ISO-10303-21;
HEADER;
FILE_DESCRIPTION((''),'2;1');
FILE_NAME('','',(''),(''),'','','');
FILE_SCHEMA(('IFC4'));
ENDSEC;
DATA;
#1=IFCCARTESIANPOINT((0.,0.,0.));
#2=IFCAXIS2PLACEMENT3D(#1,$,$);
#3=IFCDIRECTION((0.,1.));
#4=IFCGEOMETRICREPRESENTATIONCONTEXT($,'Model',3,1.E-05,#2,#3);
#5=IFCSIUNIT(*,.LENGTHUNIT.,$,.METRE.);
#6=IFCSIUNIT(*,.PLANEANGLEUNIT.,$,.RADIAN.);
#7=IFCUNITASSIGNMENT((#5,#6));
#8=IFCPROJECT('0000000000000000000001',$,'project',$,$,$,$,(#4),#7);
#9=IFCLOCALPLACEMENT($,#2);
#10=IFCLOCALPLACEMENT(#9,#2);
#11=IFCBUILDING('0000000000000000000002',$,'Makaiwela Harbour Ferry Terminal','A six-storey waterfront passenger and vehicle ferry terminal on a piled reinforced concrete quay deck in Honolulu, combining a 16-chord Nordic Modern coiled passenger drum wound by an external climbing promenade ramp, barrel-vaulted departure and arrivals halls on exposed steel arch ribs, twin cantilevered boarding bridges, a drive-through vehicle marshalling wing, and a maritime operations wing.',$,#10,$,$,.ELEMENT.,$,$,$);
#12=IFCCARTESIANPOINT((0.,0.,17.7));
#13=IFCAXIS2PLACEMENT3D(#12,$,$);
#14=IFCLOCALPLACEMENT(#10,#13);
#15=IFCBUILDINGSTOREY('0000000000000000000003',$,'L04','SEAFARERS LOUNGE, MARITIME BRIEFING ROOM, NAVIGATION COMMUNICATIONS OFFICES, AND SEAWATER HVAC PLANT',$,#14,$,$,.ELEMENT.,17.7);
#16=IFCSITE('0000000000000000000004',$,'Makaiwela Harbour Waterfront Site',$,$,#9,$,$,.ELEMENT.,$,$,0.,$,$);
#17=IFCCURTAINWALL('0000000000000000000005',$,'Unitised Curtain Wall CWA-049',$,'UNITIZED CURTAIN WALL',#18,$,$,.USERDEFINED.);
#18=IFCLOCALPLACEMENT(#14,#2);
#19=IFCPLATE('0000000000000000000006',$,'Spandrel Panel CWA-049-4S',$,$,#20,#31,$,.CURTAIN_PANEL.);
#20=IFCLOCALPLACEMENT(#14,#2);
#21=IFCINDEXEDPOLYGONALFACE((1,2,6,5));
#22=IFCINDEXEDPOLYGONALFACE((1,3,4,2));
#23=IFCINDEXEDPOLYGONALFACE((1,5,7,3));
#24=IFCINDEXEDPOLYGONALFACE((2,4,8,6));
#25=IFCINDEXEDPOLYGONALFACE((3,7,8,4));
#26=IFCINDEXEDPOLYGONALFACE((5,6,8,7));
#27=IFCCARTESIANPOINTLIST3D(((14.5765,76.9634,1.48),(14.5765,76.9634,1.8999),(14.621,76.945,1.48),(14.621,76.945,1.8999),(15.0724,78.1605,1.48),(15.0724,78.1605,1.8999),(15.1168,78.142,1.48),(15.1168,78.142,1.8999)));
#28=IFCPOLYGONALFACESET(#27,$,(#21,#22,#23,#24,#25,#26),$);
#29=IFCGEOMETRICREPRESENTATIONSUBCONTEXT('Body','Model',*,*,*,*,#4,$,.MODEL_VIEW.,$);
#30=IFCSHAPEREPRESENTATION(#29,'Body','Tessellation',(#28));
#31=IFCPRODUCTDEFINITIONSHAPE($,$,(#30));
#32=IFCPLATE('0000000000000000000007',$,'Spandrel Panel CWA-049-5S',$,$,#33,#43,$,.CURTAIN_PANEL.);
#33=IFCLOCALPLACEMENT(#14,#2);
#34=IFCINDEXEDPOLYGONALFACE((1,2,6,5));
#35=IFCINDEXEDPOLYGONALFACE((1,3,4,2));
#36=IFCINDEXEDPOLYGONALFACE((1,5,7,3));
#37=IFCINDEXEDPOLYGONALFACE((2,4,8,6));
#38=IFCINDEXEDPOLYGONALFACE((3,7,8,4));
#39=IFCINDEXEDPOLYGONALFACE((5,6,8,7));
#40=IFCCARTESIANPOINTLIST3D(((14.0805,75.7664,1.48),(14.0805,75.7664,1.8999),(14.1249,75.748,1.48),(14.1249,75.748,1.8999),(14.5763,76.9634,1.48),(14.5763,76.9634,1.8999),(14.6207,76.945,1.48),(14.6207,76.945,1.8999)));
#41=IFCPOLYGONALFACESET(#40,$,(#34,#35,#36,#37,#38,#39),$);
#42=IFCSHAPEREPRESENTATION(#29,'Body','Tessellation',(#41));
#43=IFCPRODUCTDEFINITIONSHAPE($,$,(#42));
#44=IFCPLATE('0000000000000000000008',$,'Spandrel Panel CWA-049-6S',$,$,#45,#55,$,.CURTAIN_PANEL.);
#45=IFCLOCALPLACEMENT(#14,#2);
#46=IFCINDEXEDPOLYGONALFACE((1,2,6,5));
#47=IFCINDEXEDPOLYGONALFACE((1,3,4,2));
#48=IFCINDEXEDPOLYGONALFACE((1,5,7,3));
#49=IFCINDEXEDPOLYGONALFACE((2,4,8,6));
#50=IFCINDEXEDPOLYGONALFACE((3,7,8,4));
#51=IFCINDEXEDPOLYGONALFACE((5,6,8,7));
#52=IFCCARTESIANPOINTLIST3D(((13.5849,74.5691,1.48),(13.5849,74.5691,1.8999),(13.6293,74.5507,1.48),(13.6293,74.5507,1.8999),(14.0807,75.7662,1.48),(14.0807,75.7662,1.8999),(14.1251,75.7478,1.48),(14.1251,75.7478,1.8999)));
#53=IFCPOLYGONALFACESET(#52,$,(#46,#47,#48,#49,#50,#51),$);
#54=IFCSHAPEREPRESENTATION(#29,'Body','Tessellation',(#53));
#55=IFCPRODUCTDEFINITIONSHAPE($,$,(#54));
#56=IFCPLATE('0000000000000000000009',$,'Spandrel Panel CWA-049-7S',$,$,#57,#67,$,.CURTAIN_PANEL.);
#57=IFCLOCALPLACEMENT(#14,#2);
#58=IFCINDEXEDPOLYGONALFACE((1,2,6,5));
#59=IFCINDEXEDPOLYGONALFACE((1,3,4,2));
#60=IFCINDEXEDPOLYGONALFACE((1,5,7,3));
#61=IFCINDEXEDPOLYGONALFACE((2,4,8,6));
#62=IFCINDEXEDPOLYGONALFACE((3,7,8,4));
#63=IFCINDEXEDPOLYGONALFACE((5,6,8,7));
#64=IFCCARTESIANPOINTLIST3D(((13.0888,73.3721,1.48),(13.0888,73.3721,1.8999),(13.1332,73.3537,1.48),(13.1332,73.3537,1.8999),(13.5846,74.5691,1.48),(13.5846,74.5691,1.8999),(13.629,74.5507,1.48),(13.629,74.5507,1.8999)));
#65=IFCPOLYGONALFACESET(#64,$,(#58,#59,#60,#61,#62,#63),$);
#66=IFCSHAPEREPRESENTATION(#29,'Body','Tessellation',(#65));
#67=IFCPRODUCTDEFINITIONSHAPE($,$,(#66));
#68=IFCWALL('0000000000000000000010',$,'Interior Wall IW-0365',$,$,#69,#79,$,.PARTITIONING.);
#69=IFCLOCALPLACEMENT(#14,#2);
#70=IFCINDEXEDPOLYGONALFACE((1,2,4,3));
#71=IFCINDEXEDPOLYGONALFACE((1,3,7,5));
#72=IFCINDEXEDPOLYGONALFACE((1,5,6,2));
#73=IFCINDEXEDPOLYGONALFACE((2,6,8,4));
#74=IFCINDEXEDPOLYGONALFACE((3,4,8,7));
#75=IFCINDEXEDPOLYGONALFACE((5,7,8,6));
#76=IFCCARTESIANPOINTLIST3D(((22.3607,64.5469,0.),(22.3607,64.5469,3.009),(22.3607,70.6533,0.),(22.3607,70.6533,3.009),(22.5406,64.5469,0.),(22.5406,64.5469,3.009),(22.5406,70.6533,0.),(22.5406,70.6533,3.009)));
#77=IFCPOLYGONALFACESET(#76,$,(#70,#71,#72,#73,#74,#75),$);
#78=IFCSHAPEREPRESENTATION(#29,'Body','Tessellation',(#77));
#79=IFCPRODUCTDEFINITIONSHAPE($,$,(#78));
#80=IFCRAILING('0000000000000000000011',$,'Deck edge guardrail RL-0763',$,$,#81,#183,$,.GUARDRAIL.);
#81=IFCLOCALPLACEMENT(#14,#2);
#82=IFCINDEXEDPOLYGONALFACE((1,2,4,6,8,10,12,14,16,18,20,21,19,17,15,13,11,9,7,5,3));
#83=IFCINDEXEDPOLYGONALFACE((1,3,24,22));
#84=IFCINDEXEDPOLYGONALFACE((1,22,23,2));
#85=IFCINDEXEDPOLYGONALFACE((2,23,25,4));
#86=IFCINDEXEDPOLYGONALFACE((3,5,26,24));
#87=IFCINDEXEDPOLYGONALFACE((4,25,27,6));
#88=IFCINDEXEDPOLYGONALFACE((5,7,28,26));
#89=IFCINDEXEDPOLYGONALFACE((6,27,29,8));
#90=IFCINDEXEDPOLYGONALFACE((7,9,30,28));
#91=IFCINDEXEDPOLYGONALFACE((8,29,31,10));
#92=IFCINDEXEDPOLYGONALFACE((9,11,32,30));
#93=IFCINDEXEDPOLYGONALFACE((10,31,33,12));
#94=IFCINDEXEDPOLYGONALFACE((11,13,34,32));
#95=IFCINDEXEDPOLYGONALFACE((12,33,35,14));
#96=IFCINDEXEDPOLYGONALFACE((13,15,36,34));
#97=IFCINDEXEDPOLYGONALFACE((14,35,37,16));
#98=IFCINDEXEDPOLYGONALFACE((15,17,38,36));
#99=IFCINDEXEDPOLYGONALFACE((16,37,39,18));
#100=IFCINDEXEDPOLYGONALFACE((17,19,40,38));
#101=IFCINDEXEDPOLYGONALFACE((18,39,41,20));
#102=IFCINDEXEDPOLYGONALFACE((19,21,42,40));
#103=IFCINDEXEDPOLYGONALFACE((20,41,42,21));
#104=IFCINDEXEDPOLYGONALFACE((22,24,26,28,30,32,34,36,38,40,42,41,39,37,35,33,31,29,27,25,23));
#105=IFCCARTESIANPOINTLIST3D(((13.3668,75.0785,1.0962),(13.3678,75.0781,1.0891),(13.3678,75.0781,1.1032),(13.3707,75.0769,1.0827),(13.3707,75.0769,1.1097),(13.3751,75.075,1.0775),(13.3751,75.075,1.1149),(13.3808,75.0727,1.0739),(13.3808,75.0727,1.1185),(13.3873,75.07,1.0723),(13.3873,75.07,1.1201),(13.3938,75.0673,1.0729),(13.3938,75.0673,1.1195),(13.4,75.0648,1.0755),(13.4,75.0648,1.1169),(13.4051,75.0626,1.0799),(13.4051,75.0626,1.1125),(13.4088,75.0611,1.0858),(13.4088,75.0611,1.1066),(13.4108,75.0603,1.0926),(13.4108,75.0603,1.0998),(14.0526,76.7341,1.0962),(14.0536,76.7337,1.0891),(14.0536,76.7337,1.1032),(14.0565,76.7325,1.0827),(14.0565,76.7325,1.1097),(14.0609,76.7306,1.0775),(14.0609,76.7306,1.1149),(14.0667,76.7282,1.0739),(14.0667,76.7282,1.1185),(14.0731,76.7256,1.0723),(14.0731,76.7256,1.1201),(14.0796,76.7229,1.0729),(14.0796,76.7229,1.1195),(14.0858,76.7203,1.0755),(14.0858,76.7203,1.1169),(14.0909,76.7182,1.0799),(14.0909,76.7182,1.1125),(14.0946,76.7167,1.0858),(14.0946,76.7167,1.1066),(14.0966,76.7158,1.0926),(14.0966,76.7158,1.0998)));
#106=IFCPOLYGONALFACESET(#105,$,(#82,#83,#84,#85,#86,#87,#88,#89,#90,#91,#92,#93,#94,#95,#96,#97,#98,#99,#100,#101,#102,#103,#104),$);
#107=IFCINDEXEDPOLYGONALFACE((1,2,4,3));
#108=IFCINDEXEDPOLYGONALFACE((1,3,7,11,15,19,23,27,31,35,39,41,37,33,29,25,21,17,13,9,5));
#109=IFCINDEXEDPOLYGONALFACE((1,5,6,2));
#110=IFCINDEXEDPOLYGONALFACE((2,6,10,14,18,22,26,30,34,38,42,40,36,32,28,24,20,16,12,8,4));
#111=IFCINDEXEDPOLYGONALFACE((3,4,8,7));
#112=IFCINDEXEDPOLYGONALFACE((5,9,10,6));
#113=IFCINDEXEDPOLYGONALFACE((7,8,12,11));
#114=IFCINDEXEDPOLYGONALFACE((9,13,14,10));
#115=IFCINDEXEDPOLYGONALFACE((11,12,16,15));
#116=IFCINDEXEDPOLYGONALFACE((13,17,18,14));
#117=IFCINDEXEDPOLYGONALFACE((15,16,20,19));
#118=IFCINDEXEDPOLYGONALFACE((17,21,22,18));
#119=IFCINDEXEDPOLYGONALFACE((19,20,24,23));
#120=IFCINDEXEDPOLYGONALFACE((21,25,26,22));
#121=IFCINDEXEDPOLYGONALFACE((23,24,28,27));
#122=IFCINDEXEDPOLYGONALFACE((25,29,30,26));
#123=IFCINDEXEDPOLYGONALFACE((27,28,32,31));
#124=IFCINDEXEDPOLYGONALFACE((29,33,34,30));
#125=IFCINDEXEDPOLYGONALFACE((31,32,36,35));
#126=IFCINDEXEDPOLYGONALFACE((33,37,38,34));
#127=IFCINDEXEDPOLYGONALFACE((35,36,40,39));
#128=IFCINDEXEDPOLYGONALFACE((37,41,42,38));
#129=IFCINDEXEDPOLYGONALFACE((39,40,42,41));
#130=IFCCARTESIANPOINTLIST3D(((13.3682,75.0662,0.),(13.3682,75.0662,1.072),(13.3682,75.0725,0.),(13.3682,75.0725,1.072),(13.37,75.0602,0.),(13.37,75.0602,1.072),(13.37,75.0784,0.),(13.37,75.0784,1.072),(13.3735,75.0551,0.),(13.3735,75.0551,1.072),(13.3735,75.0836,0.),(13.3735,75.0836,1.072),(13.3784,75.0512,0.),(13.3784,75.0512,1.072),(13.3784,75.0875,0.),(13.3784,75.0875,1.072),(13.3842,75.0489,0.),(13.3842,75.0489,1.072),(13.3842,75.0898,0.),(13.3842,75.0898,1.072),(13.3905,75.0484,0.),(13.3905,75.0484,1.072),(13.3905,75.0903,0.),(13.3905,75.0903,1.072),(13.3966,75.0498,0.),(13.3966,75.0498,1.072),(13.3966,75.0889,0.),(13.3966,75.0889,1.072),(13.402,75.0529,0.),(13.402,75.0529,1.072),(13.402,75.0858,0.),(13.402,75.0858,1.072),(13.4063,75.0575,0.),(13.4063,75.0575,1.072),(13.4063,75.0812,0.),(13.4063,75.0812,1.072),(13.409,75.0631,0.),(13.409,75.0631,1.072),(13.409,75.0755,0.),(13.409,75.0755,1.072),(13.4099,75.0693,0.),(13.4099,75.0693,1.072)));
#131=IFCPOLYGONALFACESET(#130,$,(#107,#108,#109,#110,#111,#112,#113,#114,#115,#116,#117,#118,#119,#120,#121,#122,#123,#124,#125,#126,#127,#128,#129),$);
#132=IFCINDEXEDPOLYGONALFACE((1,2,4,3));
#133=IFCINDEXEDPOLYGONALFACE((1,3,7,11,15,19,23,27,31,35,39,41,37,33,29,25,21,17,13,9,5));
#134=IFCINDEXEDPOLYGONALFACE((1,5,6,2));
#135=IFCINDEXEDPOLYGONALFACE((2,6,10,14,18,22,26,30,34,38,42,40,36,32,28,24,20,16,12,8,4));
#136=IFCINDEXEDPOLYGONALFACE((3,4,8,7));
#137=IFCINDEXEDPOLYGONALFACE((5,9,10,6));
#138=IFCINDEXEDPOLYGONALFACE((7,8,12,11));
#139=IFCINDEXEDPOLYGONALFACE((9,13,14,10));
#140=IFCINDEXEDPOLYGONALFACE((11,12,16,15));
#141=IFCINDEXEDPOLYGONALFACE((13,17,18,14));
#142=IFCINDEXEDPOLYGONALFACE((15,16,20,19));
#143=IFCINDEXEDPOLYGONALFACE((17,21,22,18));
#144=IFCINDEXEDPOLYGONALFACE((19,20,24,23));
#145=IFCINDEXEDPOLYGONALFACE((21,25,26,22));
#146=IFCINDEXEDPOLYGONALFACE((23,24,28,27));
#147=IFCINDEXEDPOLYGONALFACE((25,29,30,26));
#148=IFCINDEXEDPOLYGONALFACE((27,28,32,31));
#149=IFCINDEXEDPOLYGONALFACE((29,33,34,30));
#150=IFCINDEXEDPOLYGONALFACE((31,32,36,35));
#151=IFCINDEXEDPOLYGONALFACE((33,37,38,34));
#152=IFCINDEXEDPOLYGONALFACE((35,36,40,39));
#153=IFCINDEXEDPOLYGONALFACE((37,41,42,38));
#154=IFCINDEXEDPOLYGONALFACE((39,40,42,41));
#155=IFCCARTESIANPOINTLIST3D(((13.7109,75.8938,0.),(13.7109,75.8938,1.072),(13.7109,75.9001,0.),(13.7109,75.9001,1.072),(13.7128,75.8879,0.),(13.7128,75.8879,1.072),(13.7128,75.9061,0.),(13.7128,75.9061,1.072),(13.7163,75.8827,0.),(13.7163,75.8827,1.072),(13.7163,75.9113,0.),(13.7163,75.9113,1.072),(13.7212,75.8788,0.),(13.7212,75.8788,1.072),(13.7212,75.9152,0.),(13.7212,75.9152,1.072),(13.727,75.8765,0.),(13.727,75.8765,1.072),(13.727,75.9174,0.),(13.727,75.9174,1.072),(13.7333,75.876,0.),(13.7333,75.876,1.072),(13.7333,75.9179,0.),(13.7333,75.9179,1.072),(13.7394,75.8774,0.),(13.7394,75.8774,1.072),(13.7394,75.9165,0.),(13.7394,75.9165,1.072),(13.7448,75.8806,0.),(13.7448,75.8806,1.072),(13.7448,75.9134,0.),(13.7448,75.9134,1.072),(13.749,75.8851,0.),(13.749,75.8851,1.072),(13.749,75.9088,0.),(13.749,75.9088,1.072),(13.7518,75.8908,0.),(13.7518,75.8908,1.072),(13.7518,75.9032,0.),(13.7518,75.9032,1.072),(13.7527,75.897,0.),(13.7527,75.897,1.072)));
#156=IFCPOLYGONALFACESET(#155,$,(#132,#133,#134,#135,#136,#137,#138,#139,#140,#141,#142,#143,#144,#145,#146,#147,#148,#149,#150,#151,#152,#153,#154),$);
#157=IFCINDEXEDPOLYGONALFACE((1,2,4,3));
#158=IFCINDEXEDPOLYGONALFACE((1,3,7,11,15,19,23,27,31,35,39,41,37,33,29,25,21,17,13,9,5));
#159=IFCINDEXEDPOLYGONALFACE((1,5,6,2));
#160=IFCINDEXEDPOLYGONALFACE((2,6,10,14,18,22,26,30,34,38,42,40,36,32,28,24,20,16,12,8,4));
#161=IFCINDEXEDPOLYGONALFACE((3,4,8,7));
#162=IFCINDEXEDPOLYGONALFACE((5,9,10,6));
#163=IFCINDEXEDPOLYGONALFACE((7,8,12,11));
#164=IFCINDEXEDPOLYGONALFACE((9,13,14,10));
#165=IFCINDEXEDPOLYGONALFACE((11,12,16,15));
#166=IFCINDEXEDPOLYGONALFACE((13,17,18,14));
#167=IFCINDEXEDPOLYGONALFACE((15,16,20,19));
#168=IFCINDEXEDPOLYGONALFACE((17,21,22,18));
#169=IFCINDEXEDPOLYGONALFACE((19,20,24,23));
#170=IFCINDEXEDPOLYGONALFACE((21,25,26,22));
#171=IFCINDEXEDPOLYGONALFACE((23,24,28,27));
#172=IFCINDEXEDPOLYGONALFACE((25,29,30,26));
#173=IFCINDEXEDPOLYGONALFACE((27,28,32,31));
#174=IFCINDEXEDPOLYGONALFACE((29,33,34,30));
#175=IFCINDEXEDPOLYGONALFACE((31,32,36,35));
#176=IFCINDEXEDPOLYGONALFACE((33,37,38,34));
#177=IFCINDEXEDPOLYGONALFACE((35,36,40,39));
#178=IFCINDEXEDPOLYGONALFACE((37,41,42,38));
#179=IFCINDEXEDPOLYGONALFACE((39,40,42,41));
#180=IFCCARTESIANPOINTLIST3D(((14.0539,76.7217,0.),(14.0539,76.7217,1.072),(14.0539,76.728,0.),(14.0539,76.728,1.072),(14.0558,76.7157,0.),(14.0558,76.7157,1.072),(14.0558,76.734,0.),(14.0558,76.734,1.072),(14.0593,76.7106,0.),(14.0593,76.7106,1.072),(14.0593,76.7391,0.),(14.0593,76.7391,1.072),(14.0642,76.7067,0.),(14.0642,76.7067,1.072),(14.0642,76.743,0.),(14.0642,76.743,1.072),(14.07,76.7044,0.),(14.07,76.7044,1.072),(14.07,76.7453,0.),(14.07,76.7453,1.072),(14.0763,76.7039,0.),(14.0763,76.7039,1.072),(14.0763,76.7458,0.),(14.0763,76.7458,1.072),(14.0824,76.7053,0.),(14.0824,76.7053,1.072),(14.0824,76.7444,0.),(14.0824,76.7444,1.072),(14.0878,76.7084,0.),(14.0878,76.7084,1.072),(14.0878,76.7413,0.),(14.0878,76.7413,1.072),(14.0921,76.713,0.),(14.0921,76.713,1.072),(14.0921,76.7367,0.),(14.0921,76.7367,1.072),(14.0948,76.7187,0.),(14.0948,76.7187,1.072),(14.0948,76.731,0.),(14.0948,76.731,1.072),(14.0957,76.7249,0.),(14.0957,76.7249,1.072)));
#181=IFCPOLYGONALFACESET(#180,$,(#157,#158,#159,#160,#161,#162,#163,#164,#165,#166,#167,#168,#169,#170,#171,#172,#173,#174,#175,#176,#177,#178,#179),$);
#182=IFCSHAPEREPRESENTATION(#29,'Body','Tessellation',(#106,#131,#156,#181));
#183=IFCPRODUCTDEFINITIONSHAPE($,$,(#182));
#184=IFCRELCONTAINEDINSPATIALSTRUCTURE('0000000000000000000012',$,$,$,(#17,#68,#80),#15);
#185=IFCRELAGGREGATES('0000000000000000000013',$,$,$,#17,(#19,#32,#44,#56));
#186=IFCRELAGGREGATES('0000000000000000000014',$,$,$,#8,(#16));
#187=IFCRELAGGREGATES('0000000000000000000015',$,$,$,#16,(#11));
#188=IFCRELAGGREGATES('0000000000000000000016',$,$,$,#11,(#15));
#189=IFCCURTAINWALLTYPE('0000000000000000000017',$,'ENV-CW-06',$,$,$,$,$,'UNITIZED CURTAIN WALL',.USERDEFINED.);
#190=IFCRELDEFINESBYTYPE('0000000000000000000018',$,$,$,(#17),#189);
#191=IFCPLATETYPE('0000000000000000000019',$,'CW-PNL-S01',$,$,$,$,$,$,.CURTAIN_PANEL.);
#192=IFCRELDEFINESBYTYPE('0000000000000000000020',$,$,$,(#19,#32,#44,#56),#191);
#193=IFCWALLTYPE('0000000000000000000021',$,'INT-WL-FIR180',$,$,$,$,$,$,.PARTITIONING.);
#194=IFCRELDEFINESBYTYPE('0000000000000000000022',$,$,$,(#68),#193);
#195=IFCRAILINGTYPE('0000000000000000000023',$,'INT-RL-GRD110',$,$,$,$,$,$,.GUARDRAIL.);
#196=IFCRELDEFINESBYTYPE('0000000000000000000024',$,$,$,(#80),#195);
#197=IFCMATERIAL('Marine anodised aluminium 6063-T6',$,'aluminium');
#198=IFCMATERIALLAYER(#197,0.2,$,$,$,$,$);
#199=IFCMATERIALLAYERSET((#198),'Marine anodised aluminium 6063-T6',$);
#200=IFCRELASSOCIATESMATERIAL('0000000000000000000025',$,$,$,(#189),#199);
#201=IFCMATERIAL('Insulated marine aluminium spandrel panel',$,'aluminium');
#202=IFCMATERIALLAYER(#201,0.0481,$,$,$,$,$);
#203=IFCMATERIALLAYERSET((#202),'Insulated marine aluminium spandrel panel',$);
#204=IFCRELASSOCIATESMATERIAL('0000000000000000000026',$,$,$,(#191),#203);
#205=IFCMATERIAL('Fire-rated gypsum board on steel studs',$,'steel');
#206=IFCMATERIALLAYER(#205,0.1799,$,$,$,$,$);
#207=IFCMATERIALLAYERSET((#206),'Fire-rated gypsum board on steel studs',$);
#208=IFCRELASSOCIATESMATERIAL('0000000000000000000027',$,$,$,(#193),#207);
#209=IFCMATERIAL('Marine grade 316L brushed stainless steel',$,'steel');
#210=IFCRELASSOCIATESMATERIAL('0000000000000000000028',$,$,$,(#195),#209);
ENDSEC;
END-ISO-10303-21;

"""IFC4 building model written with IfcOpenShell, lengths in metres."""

from ifc_helpers import new_model, si_unit, direction, frame, frame_2d, origin, origin_2d, place, context, subcontext, project, spatial, rectangle, circle, extrude, material, layer, layer_set, type_object, element, aggregate, save


model = new_model("IFC4")

# Units and contexts
model_context = context("Model", 3, precision=1e-05, world=origin(), true_north=direction((0.0, 1.0)))
body_context = subcontext(model_context, "Body", "Model", "MODEL_VIEW")
ifc_project = project(units=[si_unit("LENGTHUNIT", "METRE"), si_unit("PLANEANGLEUNIT", "RADIAN")], contexts=[model_context])

# Site, building, storey
site_placement = place(None, origin())
site = spatial("IfcSite", under=ifc_project, at=site_placement, Name="Makaiwela Harbour Waterfront Site", CompositionType="ELEMENT", RefElevation=0.0)
building_placement = place(site_placement, origin())
building = spatial("IfcBuilding", under=site, at=building_placement, Name="Makaiwela Harbour Ferry Terminal", Description="A six-storey waterfront passenger and vehicle ferry terminal on a piled reinforced concrete quay deck in Honolulu, combining a 16-chord Nordic Modern coiled passenger drum wound by an external climbing promenade ramp, barrel-vaulted departure and arrivals halls on exposed steel arch ribs, twin cantilevered boarding bridges, a drive-through vehicle marshalling wing, and a maritime operations wing.", CompositionType="ELEMENT")
storey_placement = place(building_placement, frame((0.0, 0.0, 17.7)))
storey = spatial("IfcBuildingStorey", under=building, at=storey_placement, Name="L04", Description="SEAFARERS LOUNGE, MARITIME BRIEFING ROOM, NAVIGATION COMMUNICATIONS OFFICES, AND SEAWATER HVAC PLANT", CompositionType="ELEMENT", Elevation=17.7)

# Curtain wall
ifc_material_1 = material(Name="Marine anodised aluminium 6063-T6", Category="aluminium")
ifc_layer_1 = layer(ifc_material_1, 0.2)
ifc_layer_set_1 = layer_set([ifc_layer_1], Name="Marine anodised aluminium 6063-T6")
curtain_wall_type = type_object("IfcCurtainWallType", Name="ENV-CW-06", ElementType="UNITIZED CURTAIN WALL", PredefinedType="USERDEFINED", material=ifc_layer_set_1)
curtain_wall_1_placement = place(storey_placement, origin())
curtain_wall_1 = element("IfcCurtainWall", 1, at=curtain_wall_1_placement, inside=storey, type_object=curtain_wall_type, Name="Unitised Curtain Wall CWA-049", ObjectType="UNITIZED CURTAIN WALL", PredefinedType="USERDEFINED")

# Plates
ifc_material_2 = material(Name="Insulated marine aluminium spandrel panel", Category="aluminium")
ifc_layer_2 = layer(ifc_material_2, 0.0481)
ifc_layer_set_2 = layer_set([ifc_layer_2], Name="Insulated marine aluminium spandrel panel")
plate_type_1 = type_object("IfcPlateType", Name="CW-PNL-S01", PredefinedType="CURTAIN_PANEL", material=ifc_layer_set_2)
plate_1_placement = place(storey_placement, frame((14.8467, 77.5527, 1.48), z_axis=(0.0, 0.0, 1.0), x_axis=(-0.382683, -0.92388, 0.0)))
plate_1 = element("IfcPlate", 2, at=plate_1_placement, type_object=plate_type_1, Name="Spandrel Panel CWA-049-4S", PredefinedType="CURTAIN_PANEL", context=body_context, shape_type="SweptSolid", body=[
    extrude(rectangle(XDim=1.2957, YDim=0.0481, at=origin_2d()), origin(), (0.0, 0.0, 1.0), 0.4199),
])
plate_2_placement = place(storey_placement, frame((14.3506, 76.3557, 1.48), z_axis=(0.0, 0.0, 1.0), x_axis=(-0.382683, -0.92388, 0.0)))
plate_2 = element("IfcPlate", 3, at=plate_2_placement, type_object=plate_type_1, Name="Spandrel Panel CWA-049-5S", PredefinedType="CURTAIN_PANEL", context=body_context, shape_type="SweptSolid", body=[
    extrude(rectangle(XDim=1.2957, YDim=0.0481, at=origin_2d()), origin(), (0.0, 0.0, 1.0), 0.4199),
])
plate_3_placement = place(storey_placement, frame((13.855, 75.1584, 1.48), z_axis=(0.0, 0.0, 1.0), x_axis=(-0.382683, -0.92388, 0.0)))
plate_3 = element("IfcPlate", 4, at=plate_3_placement, type_object=plate_type_1, Name="Spandrel Panel CWA-049-6S", PredefinedType="CURTAIN_PANEL", context=body_context, shape_type="SweptSolid", body=[
    extrude(rectangle(XDim=1.2957, YDim=0.0481, at=origin_2d()), origin(), (0.0, 0.0, 1.0), 0.4199),
])
plate_4_placement = place(storey_placement, frame((13.3589, 73.9614, 1.48), z_axis=(0.0, 0.0, 1.0), x_axis=(-0.382683, -0.92388, 0.0)))
plate_4 = element("IfcPlate", 5, at=plate_4_placement, type_object=plate_type_1, Name="Spandrel Panel CWA-049-7S", PredefinedType="CURTAIN_PANEL", context=body_context, shape_type="SweptSolid", body=[
    extrude(rectangle(XDim=1.2957, YDim=0.0481, at=origin_2d()), origin(), (0.0, 0.0, 1.0), 0.4199),
])
aggregate(curtain_wall_1, [plate_1, plate_2, plate_3, plate_4])

# Wall
ifc_material_3 = material(Name="Fire-rated gypsum board on steel studs", Category="steel")
ifc_layer_3 = layer(ifc_material_3, 0.1799)
ifc_layer_set_3 = layer_set([ifc_layer_3], Name="Fire-rated gypsum board on steel studs")
wall_type = type_object("IfcWallType", Name="INT-WL-FIR180", PredefinedType="PARTITIONING", material=ifc_layer_set_3)
wall_placement = place(storey_placement, frame((22.4507, 70.6533, 0.0), z_axis=(0.0, 0.0, 1.0), x_axis=(0.0, -1.0, 0.0)))
element("IfcWall", 6, at=wall_placement, inside=storey, type_object=wall_type, Name="Interior Wall IW-0365", PredefinedType="PARTITIONING", context=body_context, shape_type="SweptSolid", body=[
    extrude(rectangle(XDim=6.1064, YDim=0.1799, at=frame_2d((3.0532, 0.0))), origin(), (0.0, 0.0, 1.0), 3.009),
])

# Railing
ifc_material_4 = material(Name="Marine grade 316L brushed stainless steel", Category="steel")
railing_type = type_object("IfcRailingType", Name="INT-RL-GRD110", PredefinedType="GUARDRAIL", material=ifc_material_4)
railing_1_placement = place(storey_placement, frame((13.3889, 75.0693, 0.0)))
element("IfcRailing", 7, at=railing_1_placement, inside=storey, type_object=railing_type, Name="Deck edge guardrail RL-0763", PredefinedType="GUARDRAIL", context=body_context, shape_type="SweptSolid", body=[
    extrude(circle(Radius=0.0239, at=origin_2d()), frame((0.0, 0.0, 1.0962), z_axis=(0.382709, 0.923869, 0.0), x_axis=(-0.923869, 0.382709, 0.0)), (0.0, 0.0, 1.0), 1.792),
    extrude(circle(Radius=0.021, at=origin_2d()), origin(), (0.0, 0.0, 1.0), 1.072),
    extrude(circle(Radius=0.021, at=origin_2d()), frame((0.3428, 0.8276, 0.0)), (0.0, 0.0, 1.0), 1.072),
    extrude(circle(Radius=0.021, at=origin_2d()), frame((0.6858, 1.6555, 0.0)), (0.0, 0.0, 1.0), 1.072),
])

save(model, "model.ifc")
